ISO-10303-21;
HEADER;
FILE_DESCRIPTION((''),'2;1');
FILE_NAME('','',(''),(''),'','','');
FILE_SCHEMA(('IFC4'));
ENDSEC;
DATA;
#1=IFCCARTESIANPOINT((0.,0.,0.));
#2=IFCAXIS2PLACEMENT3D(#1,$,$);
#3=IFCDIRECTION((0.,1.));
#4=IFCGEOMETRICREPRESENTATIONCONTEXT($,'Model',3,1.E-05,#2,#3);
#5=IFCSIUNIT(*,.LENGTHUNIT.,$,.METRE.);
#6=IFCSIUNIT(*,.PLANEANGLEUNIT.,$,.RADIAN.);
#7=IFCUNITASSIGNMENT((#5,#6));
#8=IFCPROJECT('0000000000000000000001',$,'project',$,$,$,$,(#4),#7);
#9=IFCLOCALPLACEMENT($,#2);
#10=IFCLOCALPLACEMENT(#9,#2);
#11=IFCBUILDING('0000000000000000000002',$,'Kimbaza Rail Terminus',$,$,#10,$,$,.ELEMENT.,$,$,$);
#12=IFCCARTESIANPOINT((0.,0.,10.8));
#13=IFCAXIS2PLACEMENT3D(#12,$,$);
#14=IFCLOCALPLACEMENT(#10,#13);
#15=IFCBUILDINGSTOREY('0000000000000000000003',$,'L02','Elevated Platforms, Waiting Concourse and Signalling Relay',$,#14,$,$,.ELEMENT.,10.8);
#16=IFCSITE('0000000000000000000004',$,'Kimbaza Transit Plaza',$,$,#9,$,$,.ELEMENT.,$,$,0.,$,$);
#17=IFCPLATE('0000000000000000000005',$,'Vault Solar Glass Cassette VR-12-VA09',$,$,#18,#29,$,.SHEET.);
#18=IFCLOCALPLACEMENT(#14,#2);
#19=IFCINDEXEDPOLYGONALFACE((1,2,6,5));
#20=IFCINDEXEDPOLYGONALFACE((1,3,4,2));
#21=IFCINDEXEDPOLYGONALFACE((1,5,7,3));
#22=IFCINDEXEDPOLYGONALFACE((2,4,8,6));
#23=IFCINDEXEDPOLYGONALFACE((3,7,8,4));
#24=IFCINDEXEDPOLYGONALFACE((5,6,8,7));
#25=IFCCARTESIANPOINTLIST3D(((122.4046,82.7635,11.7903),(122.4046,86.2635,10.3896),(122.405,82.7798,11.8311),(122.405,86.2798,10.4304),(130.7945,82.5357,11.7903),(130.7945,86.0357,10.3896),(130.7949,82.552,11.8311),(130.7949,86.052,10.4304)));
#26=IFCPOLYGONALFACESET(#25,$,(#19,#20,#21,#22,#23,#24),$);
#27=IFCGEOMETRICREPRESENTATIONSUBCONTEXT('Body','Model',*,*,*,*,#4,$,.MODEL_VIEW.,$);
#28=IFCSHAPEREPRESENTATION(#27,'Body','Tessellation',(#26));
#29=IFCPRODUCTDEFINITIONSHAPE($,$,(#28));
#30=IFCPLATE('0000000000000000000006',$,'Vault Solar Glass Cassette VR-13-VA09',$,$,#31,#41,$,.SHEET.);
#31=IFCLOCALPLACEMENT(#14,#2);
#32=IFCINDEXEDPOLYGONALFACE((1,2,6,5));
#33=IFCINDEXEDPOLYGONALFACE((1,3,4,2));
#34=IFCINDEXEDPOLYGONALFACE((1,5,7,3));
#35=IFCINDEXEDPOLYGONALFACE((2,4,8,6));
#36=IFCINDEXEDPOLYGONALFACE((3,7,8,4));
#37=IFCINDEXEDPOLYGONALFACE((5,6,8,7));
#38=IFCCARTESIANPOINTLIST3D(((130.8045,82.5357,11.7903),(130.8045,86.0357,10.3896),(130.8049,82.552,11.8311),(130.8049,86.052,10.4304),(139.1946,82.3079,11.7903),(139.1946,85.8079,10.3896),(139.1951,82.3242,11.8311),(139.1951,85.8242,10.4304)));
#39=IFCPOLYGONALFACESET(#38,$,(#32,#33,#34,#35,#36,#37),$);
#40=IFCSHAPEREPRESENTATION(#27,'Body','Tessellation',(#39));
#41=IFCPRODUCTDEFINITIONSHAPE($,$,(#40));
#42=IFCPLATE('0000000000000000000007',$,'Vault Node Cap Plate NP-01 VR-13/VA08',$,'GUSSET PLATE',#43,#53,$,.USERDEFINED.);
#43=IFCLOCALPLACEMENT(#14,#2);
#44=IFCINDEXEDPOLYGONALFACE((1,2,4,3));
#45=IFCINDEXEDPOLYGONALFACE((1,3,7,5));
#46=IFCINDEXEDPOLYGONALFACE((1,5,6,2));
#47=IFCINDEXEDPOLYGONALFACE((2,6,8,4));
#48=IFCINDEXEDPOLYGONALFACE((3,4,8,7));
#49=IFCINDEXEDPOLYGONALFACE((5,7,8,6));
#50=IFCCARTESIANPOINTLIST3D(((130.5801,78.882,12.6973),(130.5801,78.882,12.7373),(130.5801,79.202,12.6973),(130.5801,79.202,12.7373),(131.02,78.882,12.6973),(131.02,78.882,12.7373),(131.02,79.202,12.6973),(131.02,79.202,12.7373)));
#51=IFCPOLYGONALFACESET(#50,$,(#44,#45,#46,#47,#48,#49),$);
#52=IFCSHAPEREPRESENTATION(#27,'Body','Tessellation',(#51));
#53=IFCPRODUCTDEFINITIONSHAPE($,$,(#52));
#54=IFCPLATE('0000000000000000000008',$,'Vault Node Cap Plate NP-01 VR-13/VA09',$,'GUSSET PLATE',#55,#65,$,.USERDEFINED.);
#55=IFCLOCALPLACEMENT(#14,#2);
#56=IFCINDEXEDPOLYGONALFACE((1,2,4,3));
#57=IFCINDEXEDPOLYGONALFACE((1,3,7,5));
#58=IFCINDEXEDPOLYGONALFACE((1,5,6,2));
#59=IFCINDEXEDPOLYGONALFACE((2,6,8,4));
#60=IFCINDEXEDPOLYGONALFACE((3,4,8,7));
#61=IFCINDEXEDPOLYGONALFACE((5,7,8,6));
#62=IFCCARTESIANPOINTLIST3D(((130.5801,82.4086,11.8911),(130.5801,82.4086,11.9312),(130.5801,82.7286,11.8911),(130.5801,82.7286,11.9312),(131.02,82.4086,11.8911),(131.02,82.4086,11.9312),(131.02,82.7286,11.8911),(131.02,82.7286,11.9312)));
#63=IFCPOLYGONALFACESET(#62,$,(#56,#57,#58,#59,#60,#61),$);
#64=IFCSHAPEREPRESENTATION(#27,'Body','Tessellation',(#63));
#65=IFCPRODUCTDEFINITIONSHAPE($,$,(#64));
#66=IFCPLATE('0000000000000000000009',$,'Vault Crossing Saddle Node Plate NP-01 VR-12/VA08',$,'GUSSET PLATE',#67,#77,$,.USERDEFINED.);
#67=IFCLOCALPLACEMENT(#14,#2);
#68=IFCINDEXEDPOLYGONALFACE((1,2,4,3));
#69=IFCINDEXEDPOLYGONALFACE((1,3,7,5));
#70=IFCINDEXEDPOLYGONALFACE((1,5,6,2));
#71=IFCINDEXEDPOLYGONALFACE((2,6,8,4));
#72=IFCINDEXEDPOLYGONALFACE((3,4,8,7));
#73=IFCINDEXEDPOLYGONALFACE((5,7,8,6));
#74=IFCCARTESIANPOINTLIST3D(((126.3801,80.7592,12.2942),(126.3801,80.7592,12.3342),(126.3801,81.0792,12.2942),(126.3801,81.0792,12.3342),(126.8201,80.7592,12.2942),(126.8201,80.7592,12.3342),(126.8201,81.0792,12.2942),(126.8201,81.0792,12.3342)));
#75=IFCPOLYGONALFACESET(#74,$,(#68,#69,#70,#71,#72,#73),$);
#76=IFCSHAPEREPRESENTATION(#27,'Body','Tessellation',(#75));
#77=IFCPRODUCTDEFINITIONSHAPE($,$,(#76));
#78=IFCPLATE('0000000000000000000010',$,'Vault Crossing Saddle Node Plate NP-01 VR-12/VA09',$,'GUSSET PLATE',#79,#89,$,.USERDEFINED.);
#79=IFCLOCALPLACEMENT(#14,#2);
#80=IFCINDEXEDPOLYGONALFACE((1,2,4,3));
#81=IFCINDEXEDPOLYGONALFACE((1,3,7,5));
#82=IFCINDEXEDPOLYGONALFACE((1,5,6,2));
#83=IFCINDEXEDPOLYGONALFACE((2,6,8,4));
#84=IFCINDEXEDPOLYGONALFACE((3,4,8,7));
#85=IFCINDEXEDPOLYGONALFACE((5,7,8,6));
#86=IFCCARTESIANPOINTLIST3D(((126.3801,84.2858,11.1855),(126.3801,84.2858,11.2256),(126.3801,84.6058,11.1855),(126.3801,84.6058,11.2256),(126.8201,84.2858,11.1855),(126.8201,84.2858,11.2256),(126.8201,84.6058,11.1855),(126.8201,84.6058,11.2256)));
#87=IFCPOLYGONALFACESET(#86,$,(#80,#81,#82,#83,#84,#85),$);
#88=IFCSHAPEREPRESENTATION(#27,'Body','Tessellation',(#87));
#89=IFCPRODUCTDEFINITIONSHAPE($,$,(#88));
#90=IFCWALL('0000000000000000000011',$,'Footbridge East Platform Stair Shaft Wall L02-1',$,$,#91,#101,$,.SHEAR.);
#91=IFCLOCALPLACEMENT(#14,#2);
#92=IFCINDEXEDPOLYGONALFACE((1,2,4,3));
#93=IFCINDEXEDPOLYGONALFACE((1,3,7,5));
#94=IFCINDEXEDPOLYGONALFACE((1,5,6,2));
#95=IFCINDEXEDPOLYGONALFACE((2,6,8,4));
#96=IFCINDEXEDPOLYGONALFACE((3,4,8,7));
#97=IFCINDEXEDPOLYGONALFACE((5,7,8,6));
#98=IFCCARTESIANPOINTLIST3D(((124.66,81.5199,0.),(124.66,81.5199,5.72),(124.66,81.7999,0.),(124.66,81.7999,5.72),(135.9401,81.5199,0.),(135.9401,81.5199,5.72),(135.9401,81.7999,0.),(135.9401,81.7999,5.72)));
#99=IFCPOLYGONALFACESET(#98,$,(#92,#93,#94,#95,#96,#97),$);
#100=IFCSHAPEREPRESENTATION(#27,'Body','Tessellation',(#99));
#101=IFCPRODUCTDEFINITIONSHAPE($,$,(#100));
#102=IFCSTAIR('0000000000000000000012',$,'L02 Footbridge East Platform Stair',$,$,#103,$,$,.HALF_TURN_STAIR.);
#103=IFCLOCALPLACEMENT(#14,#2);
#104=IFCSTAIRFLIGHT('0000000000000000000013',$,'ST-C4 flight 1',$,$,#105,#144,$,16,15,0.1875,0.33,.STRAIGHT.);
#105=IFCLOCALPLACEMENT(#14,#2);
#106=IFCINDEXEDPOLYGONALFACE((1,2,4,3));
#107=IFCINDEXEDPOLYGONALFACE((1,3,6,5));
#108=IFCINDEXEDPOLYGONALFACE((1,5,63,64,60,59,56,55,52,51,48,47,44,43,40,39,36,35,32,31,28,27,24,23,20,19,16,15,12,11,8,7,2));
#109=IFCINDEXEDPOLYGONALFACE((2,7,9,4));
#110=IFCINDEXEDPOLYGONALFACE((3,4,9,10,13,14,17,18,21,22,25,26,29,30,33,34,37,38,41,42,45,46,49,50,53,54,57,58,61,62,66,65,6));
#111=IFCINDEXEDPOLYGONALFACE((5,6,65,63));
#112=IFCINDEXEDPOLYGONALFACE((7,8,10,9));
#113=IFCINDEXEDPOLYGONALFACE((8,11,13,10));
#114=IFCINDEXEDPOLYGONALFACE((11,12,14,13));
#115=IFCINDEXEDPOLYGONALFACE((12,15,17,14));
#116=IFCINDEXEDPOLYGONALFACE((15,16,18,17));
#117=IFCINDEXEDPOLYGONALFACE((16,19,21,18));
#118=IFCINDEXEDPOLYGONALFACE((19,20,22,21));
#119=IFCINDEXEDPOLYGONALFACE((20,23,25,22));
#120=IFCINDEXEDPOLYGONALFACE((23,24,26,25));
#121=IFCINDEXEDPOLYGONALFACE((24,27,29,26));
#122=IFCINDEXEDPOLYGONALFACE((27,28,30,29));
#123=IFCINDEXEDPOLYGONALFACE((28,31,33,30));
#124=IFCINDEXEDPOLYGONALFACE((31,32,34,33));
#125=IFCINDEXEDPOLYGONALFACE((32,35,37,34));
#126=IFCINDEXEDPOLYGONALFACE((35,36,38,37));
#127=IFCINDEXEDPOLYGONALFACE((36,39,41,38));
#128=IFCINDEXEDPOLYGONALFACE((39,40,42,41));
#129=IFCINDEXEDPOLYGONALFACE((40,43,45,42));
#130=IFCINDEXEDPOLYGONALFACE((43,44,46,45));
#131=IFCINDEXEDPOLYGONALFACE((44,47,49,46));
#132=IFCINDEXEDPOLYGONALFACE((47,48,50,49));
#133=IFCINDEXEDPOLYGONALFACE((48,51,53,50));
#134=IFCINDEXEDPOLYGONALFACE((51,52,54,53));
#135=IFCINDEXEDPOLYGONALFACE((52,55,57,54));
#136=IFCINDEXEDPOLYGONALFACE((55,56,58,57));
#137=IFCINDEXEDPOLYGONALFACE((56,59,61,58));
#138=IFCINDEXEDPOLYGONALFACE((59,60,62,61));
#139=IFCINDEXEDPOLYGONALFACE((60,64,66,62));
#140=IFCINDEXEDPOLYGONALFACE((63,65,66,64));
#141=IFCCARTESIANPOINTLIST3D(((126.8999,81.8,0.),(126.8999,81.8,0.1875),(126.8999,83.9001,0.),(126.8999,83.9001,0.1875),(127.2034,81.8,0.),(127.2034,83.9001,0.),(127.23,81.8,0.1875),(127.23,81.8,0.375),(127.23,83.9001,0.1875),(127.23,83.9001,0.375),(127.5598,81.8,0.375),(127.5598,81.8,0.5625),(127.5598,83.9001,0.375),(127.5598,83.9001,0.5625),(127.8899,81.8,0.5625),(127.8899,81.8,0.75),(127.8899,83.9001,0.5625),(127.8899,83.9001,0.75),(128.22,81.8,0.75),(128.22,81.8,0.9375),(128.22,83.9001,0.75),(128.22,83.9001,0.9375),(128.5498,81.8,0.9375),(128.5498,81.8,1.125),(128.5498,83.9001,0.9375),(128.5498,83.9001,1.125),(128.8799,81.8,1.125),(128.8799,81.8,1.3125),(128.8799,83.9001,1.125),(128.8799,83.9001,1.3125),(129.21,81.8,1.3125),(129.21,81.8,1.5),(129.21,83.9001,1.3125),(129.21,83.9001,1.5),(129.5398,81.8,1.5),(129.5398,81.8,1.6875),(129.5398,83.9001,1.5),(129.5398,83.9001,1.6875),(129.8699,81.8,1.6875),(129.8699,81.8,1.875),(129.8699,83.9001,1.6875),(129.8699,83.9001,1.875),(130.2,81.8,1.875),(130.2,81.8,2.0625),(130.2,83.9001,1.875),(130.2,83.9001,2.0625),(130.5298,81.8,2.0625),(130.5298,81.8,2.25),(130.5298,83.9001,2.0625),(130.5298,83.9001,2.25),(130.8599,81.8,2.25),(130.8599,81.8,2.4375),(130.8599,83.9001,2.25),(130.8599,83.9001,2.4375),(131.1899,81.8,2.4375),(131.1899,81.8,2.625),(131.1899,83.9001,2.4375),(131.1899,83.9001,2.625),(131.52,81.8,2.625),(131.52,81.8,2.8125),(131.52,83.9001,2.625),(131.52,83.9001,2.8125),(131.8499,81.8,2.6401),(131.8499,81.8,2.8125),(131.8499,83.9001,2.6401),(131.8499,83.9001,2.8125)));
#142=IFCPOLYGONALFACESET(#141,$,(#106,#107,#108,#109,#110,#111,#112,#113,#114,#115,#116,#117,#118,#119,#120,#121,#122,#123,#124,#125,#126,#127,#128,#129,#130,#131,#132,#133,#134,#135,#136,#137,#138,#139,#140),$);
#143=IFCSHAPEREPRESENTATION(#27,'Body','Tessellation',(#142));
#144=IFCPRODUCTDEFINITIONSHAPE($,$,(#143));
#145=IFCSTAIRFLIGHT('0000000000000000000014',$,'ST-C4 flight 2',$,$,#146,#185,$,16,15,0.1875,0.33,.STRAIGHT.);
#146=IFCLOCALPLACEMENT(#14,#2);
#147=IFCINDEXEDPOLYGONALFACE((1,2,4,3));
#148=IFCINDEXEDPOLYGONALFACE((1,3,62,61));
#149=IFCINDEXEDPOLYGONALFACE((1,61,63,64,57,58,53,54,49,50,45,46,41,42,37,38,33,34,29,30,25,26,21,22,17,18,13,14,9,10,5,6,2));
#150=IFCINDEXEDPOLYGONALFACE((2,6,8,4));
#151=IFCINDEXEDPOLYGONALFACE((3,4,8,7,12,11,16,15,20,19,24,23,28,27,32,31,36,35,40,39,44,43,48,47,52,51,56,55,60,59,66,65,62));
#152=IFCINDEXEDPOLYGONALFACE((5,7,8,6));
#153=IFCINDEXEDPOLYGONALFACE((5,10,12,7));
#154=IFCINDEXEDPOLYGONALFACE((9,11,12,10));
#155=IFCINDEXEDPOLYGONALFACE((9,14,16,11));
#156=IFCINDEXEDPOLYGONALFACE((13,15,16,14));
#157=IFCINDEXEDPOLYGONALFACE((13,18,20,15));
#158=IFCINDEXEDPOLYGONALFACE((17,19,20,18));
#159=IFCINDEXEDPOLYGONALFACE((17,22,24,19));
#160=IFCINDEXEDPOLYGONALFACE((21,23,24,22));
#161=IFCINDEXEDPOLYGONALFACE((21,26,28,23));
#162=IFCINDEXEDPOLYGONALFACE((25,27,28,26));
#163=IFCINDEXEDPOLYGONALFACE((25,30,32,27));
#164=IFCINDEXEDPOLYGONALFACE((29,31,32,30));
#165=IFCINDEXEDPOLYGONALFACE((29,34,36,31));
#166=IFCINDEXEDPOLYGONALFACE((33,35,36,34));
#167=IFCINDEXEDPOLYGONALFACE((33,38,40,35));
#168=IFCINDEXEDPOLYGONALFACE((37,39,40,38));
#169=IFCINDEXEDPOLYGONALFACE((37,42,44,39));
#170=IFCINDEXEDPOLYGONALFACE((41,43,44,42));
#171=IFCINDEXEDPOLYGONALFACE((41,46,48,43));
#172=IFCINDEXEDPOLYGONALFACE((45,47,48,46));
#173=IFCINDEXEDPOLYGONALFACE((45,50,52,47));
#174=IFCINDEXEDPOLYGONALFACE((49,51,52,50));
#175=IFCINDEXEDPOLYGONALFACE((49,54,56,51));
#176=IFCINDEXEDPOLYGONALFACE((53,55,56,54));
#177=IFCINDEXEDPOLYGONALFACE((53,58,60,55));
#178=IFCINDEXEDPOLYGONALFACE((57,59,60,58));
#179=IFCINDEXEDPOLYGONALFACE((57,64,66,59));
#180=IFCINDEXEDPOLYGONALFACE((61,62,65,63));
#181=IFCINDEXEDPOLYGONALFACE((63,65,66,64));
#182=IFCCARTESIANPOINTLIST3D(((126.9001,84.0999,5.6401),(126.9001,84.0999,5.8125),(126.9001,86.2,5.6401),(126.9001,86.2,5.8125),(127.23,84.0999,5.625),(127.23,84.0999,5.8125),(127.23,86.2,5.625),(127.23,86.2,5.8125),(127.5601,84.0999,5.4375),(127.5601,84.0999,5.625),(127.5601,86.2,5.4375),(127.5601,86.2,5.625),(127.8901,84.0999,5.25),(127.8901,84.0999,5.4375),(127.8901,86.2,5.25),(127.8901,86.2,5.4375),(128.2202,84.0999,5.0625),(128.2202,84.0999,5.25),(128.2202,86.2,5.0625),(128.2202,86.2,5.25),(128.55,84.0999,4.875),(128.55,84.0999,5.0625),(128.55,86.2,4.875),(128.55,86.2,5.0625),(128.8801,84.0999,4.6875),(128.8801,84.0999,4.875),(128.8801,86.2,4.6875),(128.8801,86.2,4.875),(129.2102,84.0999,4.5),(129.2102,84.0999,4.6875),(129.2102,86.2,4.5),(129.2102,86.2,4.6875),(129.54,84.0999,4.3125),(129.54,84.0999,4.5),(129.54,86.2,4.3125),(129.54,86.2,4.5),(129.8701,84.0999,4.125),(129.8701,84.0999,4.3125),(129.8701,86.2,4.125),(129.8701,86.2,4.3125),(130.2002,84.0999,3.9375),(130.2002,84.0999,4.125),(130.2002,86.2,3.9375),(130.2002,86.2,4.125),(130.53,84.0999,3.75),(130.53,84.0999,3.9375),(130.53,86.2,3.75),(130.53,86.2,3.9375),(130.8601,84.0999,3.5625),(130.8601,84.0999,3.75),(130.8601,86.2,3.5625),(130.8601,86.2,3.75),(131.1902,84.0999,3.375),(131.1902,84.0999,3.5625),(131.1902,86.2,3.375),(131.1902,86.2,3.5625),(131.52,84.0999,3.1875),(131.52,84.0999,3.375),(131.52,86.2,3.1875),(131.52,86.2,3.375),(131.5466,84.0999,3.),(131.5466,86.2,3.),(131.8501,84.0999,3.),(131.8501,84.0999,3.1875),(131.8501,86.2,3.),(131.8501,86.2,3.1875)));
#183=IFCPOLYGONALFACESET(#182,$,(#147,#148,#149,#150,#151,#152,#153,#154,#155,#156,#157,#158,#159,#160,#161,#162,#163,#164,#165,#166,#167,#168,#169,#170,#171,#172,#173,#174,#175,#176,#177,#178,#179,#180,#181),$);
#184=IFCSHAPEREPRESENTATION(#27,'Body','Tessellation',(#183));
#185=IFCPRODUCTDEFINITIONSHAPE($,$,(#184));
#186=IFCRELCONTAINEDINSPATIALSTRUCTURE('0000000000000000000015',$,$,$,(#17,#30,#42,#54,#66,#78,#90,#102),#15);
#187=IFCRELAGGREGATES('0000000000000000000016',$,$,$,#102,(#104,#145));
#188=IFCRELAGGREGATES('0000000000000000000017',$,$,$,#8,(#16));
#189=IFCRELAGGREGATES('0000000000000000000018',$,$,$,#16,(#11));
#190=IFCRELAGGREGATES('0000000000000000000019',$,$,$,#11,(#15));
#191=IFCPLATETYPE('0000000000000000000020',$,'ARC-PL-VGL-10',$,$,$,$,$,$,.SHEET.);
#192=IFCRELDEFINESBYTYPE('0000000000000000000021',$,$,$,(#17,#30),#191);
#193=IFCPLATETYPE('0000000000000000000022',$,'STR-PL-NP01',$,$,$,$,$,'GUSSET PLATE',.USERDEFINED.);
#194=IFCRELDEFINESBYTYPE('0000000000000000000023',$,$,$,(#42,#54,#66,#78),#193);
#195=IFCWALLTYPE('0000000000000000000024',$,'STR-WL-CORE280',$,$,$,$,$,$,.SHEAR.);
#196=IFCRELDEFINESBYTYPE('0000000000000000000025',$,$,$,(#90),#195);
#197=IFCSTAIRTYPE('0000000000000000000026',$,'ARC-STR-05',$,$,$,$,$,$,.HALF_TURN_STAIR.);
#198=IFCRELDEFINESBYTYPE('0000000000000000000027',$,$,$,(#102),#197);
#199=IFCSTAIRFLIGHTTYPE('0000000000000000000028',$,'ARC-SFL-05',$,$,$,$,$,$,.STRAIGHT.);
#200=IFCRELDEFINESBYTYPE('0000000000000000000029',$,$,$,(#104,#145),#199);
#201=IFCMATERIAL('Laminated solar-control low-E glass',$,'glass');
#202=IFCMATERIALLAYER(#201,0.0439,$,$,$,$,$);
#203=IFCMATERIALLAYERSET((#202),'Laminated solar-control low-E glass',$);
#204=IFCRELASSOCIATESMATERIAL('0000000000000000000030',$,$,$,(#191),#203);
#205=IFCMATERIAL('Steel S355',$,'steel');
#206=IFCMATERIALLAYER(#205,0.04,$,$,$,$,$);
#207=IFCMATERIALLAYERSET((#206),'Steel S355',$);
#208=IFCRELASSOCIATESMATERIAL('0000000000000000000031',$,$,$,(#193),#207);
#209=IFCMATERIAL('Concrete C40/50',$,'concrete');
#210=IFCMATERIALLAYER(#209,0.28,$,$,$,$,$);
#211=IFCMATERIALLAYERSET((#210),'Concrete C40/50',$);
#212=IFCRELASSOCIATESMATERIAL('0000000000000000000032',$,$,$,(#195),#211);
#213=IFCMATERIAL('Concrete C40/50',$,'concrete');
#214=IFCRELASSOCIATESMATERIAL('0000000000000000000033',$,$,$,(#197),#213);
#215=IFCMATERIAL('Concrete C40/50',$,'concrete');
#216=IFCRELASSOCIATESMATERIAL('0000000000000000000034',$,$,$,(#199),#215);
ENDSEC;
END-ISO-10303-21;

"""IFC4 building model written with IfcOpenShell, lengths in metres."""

from ifc_helpers import new_model, si_unit, direction, frame, frame_2d, origin, origin_2d, place, context, subcontext, project, spatial, polyline, rectangle, outline, extrude, material, layer, layer_set, type_object, element, aggregate, save


model = new_model("IFC4")

# Units and contexts
model_context = context("Model", 3, precision=1e-05, world=origin(), true_north=direction((0.0, 1.0)))
body_context = subcontext(model_context, "Body", "Model", "MODEL_VIEW")
ifc_project = project(units=[si_unit("LENGTHUNIT", "METRE"), si_unit("PLANEANGLEUNIT", "RADIAN")], contexts=[model_context])

# Site, building, storey
site_placement = place(None, origin())
site = spatial("IfcSite", under=ifc_project, at=site_placement, Name="Kimbaza Transit Plaza", CompositionType="ELEMENT", RefElevation=0.0)
building_placement = place(site_placement, origin())
building = spatial("IfcBuilding", under=site, at=building_placement, Name="Kimbaza Rail Terminus", CompositionType="ELEMENT")
storey_placement = place(building_placement, frame((0.0, 0.0, 10.8)))
storey = spatial("IfcBuildingStorey", under=building, at=storey_placement, Name="L02", Description="Elevated Platforms, Waiting Concourse and Signalling Relay", CompositionType="ELEMENT", Elevation=10.8)

# Plates
ifc_material_1 = material(Name="Laminated solar-control low-E glass", Category="glass")
ifc_layer_1 = layer(ifc_material_1, 0.0439)
ifc_layer_set_1 = layer_set([ifc_layer_1], Name="Laminated solar-control low-E glass")
plate_type_1 = type_object("IfcPlateType", Name="ARC-PL-VGL-10", PredefinedType="SHEET", material=ifc_layer_set_1)
plate_1_placement = place(storey_placement, frame((122.405, 82.7798, 11.8311), z_axis=(0.010087, 0.371517, 0.928371), x_axis=(0.999632, -0.02714, 0.0)))
element("IfcPlate", 1, at=plate_1_placement, inside=storey, type_object=plate_type_1, Name="Vault Solar Glass Cassette VR-12-VA09", PredefinedType="SHEET", context=body_context, shape_type="SweptSolid", body=[
    extrude(outline(polyline([(0.0, 0.0), (8.393, 0.0), (8.298, 3.7687), (-0.095, 3.7687), (0.0, 0.0)])), origin(), (0.0, 0.0, -1.0), 0.0439),
])
plate_2_placement = place(storey_placement, frame((130.8049, 82.552, 11.8311), z_axis=(0.010086, 0.371517, 0.928371), x_axis=(0.999632, -0.027139, 0.0)))
element("IfcPlate", 2, at=plate_2_placement, inside=storey, type_object=plate_type_1, Name="Vault Solar Glass Cassette VR-13-VA09", PredefinedType="SHEET", context=body_context, shape_type="SweptSolid", body=[
    extrude(outline(polyline([(0.0, 0.0), (8.3932, 0.0), (8.2982, 3.7687), (-0.095, 3.7687), (0.0, 0.0)])), origin(), (0.0, 0.0, -1.0), 0.0439),
])
ifc_material_2 = material(Name="Steel S355", Category="steel")
ifc_layer_2 = layer(ifc_material_2, 0.04)
ifc_layer_set_2 = layer_set([ifc_layer_2], Name="Steel S355")
plate_type_2 = type_object("IfcPlateType", Name="STR-PL-NP01", ElementType="GUSSET PLATE", PredefinedType="USERDEFINED", material=ifc_layer_set_2)
for number, where, z_axis, x_axis, name in (
    (3, (130.8, 79.042, 12.6973), (0.0, 0.0, 1.0), (1.0, 0.0, 0.0), "Vault Node Cap Plate NP-01 VR-13/VA08"),
    (4, (130.8, 82.5686, 11.8911), (0.0, 0.0, 1.0), (1.0, 0.0, 0.0), "Vault Node Cap Plate NP-01 VR-13/VA09"),
    (5, (126.6001, 80.9192, 12.2942), (0.0, 0.0, 1.0), (1.0, 0.0, 0.0), "Vault Crossing Saddle Node Plate NP-01 VR-12/VA08"),
    (6, (126.6001, 84.4458, 11.1855), (0.0, 0.0, 1.0), (1.0, 0.0, 0.0), "Vault Crossing Saddle Node Plate NP-01 VR-12/VA09"),
):
    element("IfcPlate", number, at=place(storey_placement, frame(where, z_axis=z_axis, x_axis=x_axis)), inside=storey, type_object=plate_type_2, Name=name, ObjectType="GUSSET PLATE", PredefinedType="USERDEFINED", context=body_context, shape_type="SweptSolid", body=[
        extrude(rectangle(XDim=0.4399, YDim=0.3201, at=origin_2d()), origin(), (0.0, 0.0, 1.0), 0.04),
    ])

# Wall
ifc_material_3 = material(Name="Concrete C40/50", Category="concrete")
ifc_layer_3 = layer(ifc_material_3, 0.28)
ifc_layer_set_3 = layer_set([ifc_layer_3], Name="Concrete C40/50")
wall_type = type_object("IfcWallType", Name="STR-WL-CORE280", PredefinedType="SHEAR", material=ifc_layer_set_3)
wall_placement = place(storey_placement, frame((124.6599, 81.6599, 0.0), z_axis=(0.0, 0.0, 1.0), x_axis=(1.0, 0.0, 0.0)))
element("IfcWall", 7, at=wall_placement, inside=storey, type_object=wall_type, Name="Footbridge East Platform Stair Shaft Wall L02-1", PredefinedType="SHEAR", context=body_context, shape_type="SweptSolid", body=[
    extrude(rectangle(XDim=11.28, YDim=0.28, at=frame_2d((5.6401, 0.0))), origin(), (0.0, 0.0, 1.0), 5.72),
])

# Stair, stair flights
ifc_material_4 = material(Name="Concrete C40/50", Category="concrete")
stair_type = type_object("IfcStairType", Name="ARC-STR-05", PredefinedType="HALF_TURN_STAIR", material=ifc_material_4)
stair_placement = place(storey_placement, origin())
stair = element("IfcStair", 8, at=stair_placement, inside=storey, type_object=stair_type, Name="L02 Footbridge East Platform Stair", PredefinedType="HALF_TURN_STAIR")
ifc_material_5 = material(Name="Concrete C40/50", Category="concrete")
stair_flight_type = type_object("IfcStairFlightType", Name="ARC-SFL-05", PredefinedType="STRAIGHT", material=ifc_material_5)
stair_flight_1_placement = place(storey_placement, frame((126.8999, 82.8501, 0.0), z_axis=(0.0, 0.0, 1.0), x_axis=(1.0, 0.0, 0.0)))
stair_flight_1 = element("IfcStairFlight", 9, at=stair_flight_1_placement, type_object=stair_flight_type, Name="ST-C4 flight 1", NumberOfRisers=16, NumberOfTreads=15, PredefinedType="STRAIGHT", RiserHeight=0.1875, TreadLength=0.33, context=body_context, shape_type="SweptSolid", body=[
    extrude(outline(polyline([(0.0, 0.0), (0.0, 0.1875), (0.3301, 0.1875), (0.3301, 0.375), (0.6599, 0.375), (0.6599, 0.5625), (0.99, 0.5625), (0.99, 0.75), (1.3201, 0.75), (1.3201, 0.9375), (1.6499, 0.9375), (1.6499, 1.125), (1.98, 1.125), (1.98, 1.3125), (2.3101, 1.3125), (2.3101, 1.5), (2.6399, 1.5), (2.6399, 1.6875), (2.97, 1.6875), (2.97, 1.875), (3.3, 1.875), (3.3, 2.0625), (3.6299, 2.0625), (3.6299, 2.25), (3.96, 2.25), (3.96, 2.4375), (4.29, 2.4375), (4.29, 2.625), (4.6201, 2.625), (4.6201, 2.8125), (4.95, 2.8125), (4.95, 3.0), (4.95, 2.6401), (0.3035, 0.0), (0.0, 0.0)])), frame((0.0, 1.05, 0.0), z_axis=(0.0, -1.0, 0.0), x_axis=(1.0, 0.0, 0.0)), (0.0, 0.0, 1.0), 2.1001),
])
stair_flight_2_placement = place(storey_placement, frame((131.8501, 85.1499, 3.0), z_axis=(0.0, 0.0, 1.0), x_axis=(-1.0, 0.0, 0.0)))
stair_flight_2 = element("IfcStairFlight", 10, at=stair_flight_2_placement, type_object=stair_flight_type, Name="ST-C4 flight 2", NumberOfRisers=16, NumberOfTreads=15, PredefinedType="STRAIGHT", RiserHeight=0.1875, TreadLength=0.33, context=body_context, shape_type="SweptSolid", body=[
    extrude(outline(polyline([(0.0, 0.0), (0.0, 0.1875), (0.3301, 0.1875), (0.3301, 0.375), (0.6599, 0.375), (0.6599, 0.5625), (0.99, 0.5625), (0.99, 0.75), (1.3201, 0.75), (1.3201, 0.9375), (1.6499, 0.9375), (1.6499, 1.125), (1.98, 1.125), (1.98, 1.3125), (2.3101, 1.3125), (2.3101, 1.5), (2.6399, 1.5), (2.6399, 1.6875), (2.97, 1.6875), (2.97, 1.875), (3.3, 1.875), (3.3, 2.0625), (3.6299, 2.0625), (3.6299, 2.25), (3.96, 2.25), (3.96, 2.4375), (4.29, 2.4375), (4.29, 2.625), (4.6201, 2.625), (4.6201, 2.8125), (4.95, 2.8125), (4.95, 3.0), (4.95, 2.6401), (0.3035, 0.0), (0.0, 0.0)])), frame((0.0, 1.05, 0.0), z_axis=(0.0, -1.0, 0.0), x_axis=(1.0, 0.0, 0.0)), (0.0, 0.0, 1.0), 2.1001),
])
aggregate(stair, [stair_flight_1, stair_flight_2])

save(model, "model.ifc")
